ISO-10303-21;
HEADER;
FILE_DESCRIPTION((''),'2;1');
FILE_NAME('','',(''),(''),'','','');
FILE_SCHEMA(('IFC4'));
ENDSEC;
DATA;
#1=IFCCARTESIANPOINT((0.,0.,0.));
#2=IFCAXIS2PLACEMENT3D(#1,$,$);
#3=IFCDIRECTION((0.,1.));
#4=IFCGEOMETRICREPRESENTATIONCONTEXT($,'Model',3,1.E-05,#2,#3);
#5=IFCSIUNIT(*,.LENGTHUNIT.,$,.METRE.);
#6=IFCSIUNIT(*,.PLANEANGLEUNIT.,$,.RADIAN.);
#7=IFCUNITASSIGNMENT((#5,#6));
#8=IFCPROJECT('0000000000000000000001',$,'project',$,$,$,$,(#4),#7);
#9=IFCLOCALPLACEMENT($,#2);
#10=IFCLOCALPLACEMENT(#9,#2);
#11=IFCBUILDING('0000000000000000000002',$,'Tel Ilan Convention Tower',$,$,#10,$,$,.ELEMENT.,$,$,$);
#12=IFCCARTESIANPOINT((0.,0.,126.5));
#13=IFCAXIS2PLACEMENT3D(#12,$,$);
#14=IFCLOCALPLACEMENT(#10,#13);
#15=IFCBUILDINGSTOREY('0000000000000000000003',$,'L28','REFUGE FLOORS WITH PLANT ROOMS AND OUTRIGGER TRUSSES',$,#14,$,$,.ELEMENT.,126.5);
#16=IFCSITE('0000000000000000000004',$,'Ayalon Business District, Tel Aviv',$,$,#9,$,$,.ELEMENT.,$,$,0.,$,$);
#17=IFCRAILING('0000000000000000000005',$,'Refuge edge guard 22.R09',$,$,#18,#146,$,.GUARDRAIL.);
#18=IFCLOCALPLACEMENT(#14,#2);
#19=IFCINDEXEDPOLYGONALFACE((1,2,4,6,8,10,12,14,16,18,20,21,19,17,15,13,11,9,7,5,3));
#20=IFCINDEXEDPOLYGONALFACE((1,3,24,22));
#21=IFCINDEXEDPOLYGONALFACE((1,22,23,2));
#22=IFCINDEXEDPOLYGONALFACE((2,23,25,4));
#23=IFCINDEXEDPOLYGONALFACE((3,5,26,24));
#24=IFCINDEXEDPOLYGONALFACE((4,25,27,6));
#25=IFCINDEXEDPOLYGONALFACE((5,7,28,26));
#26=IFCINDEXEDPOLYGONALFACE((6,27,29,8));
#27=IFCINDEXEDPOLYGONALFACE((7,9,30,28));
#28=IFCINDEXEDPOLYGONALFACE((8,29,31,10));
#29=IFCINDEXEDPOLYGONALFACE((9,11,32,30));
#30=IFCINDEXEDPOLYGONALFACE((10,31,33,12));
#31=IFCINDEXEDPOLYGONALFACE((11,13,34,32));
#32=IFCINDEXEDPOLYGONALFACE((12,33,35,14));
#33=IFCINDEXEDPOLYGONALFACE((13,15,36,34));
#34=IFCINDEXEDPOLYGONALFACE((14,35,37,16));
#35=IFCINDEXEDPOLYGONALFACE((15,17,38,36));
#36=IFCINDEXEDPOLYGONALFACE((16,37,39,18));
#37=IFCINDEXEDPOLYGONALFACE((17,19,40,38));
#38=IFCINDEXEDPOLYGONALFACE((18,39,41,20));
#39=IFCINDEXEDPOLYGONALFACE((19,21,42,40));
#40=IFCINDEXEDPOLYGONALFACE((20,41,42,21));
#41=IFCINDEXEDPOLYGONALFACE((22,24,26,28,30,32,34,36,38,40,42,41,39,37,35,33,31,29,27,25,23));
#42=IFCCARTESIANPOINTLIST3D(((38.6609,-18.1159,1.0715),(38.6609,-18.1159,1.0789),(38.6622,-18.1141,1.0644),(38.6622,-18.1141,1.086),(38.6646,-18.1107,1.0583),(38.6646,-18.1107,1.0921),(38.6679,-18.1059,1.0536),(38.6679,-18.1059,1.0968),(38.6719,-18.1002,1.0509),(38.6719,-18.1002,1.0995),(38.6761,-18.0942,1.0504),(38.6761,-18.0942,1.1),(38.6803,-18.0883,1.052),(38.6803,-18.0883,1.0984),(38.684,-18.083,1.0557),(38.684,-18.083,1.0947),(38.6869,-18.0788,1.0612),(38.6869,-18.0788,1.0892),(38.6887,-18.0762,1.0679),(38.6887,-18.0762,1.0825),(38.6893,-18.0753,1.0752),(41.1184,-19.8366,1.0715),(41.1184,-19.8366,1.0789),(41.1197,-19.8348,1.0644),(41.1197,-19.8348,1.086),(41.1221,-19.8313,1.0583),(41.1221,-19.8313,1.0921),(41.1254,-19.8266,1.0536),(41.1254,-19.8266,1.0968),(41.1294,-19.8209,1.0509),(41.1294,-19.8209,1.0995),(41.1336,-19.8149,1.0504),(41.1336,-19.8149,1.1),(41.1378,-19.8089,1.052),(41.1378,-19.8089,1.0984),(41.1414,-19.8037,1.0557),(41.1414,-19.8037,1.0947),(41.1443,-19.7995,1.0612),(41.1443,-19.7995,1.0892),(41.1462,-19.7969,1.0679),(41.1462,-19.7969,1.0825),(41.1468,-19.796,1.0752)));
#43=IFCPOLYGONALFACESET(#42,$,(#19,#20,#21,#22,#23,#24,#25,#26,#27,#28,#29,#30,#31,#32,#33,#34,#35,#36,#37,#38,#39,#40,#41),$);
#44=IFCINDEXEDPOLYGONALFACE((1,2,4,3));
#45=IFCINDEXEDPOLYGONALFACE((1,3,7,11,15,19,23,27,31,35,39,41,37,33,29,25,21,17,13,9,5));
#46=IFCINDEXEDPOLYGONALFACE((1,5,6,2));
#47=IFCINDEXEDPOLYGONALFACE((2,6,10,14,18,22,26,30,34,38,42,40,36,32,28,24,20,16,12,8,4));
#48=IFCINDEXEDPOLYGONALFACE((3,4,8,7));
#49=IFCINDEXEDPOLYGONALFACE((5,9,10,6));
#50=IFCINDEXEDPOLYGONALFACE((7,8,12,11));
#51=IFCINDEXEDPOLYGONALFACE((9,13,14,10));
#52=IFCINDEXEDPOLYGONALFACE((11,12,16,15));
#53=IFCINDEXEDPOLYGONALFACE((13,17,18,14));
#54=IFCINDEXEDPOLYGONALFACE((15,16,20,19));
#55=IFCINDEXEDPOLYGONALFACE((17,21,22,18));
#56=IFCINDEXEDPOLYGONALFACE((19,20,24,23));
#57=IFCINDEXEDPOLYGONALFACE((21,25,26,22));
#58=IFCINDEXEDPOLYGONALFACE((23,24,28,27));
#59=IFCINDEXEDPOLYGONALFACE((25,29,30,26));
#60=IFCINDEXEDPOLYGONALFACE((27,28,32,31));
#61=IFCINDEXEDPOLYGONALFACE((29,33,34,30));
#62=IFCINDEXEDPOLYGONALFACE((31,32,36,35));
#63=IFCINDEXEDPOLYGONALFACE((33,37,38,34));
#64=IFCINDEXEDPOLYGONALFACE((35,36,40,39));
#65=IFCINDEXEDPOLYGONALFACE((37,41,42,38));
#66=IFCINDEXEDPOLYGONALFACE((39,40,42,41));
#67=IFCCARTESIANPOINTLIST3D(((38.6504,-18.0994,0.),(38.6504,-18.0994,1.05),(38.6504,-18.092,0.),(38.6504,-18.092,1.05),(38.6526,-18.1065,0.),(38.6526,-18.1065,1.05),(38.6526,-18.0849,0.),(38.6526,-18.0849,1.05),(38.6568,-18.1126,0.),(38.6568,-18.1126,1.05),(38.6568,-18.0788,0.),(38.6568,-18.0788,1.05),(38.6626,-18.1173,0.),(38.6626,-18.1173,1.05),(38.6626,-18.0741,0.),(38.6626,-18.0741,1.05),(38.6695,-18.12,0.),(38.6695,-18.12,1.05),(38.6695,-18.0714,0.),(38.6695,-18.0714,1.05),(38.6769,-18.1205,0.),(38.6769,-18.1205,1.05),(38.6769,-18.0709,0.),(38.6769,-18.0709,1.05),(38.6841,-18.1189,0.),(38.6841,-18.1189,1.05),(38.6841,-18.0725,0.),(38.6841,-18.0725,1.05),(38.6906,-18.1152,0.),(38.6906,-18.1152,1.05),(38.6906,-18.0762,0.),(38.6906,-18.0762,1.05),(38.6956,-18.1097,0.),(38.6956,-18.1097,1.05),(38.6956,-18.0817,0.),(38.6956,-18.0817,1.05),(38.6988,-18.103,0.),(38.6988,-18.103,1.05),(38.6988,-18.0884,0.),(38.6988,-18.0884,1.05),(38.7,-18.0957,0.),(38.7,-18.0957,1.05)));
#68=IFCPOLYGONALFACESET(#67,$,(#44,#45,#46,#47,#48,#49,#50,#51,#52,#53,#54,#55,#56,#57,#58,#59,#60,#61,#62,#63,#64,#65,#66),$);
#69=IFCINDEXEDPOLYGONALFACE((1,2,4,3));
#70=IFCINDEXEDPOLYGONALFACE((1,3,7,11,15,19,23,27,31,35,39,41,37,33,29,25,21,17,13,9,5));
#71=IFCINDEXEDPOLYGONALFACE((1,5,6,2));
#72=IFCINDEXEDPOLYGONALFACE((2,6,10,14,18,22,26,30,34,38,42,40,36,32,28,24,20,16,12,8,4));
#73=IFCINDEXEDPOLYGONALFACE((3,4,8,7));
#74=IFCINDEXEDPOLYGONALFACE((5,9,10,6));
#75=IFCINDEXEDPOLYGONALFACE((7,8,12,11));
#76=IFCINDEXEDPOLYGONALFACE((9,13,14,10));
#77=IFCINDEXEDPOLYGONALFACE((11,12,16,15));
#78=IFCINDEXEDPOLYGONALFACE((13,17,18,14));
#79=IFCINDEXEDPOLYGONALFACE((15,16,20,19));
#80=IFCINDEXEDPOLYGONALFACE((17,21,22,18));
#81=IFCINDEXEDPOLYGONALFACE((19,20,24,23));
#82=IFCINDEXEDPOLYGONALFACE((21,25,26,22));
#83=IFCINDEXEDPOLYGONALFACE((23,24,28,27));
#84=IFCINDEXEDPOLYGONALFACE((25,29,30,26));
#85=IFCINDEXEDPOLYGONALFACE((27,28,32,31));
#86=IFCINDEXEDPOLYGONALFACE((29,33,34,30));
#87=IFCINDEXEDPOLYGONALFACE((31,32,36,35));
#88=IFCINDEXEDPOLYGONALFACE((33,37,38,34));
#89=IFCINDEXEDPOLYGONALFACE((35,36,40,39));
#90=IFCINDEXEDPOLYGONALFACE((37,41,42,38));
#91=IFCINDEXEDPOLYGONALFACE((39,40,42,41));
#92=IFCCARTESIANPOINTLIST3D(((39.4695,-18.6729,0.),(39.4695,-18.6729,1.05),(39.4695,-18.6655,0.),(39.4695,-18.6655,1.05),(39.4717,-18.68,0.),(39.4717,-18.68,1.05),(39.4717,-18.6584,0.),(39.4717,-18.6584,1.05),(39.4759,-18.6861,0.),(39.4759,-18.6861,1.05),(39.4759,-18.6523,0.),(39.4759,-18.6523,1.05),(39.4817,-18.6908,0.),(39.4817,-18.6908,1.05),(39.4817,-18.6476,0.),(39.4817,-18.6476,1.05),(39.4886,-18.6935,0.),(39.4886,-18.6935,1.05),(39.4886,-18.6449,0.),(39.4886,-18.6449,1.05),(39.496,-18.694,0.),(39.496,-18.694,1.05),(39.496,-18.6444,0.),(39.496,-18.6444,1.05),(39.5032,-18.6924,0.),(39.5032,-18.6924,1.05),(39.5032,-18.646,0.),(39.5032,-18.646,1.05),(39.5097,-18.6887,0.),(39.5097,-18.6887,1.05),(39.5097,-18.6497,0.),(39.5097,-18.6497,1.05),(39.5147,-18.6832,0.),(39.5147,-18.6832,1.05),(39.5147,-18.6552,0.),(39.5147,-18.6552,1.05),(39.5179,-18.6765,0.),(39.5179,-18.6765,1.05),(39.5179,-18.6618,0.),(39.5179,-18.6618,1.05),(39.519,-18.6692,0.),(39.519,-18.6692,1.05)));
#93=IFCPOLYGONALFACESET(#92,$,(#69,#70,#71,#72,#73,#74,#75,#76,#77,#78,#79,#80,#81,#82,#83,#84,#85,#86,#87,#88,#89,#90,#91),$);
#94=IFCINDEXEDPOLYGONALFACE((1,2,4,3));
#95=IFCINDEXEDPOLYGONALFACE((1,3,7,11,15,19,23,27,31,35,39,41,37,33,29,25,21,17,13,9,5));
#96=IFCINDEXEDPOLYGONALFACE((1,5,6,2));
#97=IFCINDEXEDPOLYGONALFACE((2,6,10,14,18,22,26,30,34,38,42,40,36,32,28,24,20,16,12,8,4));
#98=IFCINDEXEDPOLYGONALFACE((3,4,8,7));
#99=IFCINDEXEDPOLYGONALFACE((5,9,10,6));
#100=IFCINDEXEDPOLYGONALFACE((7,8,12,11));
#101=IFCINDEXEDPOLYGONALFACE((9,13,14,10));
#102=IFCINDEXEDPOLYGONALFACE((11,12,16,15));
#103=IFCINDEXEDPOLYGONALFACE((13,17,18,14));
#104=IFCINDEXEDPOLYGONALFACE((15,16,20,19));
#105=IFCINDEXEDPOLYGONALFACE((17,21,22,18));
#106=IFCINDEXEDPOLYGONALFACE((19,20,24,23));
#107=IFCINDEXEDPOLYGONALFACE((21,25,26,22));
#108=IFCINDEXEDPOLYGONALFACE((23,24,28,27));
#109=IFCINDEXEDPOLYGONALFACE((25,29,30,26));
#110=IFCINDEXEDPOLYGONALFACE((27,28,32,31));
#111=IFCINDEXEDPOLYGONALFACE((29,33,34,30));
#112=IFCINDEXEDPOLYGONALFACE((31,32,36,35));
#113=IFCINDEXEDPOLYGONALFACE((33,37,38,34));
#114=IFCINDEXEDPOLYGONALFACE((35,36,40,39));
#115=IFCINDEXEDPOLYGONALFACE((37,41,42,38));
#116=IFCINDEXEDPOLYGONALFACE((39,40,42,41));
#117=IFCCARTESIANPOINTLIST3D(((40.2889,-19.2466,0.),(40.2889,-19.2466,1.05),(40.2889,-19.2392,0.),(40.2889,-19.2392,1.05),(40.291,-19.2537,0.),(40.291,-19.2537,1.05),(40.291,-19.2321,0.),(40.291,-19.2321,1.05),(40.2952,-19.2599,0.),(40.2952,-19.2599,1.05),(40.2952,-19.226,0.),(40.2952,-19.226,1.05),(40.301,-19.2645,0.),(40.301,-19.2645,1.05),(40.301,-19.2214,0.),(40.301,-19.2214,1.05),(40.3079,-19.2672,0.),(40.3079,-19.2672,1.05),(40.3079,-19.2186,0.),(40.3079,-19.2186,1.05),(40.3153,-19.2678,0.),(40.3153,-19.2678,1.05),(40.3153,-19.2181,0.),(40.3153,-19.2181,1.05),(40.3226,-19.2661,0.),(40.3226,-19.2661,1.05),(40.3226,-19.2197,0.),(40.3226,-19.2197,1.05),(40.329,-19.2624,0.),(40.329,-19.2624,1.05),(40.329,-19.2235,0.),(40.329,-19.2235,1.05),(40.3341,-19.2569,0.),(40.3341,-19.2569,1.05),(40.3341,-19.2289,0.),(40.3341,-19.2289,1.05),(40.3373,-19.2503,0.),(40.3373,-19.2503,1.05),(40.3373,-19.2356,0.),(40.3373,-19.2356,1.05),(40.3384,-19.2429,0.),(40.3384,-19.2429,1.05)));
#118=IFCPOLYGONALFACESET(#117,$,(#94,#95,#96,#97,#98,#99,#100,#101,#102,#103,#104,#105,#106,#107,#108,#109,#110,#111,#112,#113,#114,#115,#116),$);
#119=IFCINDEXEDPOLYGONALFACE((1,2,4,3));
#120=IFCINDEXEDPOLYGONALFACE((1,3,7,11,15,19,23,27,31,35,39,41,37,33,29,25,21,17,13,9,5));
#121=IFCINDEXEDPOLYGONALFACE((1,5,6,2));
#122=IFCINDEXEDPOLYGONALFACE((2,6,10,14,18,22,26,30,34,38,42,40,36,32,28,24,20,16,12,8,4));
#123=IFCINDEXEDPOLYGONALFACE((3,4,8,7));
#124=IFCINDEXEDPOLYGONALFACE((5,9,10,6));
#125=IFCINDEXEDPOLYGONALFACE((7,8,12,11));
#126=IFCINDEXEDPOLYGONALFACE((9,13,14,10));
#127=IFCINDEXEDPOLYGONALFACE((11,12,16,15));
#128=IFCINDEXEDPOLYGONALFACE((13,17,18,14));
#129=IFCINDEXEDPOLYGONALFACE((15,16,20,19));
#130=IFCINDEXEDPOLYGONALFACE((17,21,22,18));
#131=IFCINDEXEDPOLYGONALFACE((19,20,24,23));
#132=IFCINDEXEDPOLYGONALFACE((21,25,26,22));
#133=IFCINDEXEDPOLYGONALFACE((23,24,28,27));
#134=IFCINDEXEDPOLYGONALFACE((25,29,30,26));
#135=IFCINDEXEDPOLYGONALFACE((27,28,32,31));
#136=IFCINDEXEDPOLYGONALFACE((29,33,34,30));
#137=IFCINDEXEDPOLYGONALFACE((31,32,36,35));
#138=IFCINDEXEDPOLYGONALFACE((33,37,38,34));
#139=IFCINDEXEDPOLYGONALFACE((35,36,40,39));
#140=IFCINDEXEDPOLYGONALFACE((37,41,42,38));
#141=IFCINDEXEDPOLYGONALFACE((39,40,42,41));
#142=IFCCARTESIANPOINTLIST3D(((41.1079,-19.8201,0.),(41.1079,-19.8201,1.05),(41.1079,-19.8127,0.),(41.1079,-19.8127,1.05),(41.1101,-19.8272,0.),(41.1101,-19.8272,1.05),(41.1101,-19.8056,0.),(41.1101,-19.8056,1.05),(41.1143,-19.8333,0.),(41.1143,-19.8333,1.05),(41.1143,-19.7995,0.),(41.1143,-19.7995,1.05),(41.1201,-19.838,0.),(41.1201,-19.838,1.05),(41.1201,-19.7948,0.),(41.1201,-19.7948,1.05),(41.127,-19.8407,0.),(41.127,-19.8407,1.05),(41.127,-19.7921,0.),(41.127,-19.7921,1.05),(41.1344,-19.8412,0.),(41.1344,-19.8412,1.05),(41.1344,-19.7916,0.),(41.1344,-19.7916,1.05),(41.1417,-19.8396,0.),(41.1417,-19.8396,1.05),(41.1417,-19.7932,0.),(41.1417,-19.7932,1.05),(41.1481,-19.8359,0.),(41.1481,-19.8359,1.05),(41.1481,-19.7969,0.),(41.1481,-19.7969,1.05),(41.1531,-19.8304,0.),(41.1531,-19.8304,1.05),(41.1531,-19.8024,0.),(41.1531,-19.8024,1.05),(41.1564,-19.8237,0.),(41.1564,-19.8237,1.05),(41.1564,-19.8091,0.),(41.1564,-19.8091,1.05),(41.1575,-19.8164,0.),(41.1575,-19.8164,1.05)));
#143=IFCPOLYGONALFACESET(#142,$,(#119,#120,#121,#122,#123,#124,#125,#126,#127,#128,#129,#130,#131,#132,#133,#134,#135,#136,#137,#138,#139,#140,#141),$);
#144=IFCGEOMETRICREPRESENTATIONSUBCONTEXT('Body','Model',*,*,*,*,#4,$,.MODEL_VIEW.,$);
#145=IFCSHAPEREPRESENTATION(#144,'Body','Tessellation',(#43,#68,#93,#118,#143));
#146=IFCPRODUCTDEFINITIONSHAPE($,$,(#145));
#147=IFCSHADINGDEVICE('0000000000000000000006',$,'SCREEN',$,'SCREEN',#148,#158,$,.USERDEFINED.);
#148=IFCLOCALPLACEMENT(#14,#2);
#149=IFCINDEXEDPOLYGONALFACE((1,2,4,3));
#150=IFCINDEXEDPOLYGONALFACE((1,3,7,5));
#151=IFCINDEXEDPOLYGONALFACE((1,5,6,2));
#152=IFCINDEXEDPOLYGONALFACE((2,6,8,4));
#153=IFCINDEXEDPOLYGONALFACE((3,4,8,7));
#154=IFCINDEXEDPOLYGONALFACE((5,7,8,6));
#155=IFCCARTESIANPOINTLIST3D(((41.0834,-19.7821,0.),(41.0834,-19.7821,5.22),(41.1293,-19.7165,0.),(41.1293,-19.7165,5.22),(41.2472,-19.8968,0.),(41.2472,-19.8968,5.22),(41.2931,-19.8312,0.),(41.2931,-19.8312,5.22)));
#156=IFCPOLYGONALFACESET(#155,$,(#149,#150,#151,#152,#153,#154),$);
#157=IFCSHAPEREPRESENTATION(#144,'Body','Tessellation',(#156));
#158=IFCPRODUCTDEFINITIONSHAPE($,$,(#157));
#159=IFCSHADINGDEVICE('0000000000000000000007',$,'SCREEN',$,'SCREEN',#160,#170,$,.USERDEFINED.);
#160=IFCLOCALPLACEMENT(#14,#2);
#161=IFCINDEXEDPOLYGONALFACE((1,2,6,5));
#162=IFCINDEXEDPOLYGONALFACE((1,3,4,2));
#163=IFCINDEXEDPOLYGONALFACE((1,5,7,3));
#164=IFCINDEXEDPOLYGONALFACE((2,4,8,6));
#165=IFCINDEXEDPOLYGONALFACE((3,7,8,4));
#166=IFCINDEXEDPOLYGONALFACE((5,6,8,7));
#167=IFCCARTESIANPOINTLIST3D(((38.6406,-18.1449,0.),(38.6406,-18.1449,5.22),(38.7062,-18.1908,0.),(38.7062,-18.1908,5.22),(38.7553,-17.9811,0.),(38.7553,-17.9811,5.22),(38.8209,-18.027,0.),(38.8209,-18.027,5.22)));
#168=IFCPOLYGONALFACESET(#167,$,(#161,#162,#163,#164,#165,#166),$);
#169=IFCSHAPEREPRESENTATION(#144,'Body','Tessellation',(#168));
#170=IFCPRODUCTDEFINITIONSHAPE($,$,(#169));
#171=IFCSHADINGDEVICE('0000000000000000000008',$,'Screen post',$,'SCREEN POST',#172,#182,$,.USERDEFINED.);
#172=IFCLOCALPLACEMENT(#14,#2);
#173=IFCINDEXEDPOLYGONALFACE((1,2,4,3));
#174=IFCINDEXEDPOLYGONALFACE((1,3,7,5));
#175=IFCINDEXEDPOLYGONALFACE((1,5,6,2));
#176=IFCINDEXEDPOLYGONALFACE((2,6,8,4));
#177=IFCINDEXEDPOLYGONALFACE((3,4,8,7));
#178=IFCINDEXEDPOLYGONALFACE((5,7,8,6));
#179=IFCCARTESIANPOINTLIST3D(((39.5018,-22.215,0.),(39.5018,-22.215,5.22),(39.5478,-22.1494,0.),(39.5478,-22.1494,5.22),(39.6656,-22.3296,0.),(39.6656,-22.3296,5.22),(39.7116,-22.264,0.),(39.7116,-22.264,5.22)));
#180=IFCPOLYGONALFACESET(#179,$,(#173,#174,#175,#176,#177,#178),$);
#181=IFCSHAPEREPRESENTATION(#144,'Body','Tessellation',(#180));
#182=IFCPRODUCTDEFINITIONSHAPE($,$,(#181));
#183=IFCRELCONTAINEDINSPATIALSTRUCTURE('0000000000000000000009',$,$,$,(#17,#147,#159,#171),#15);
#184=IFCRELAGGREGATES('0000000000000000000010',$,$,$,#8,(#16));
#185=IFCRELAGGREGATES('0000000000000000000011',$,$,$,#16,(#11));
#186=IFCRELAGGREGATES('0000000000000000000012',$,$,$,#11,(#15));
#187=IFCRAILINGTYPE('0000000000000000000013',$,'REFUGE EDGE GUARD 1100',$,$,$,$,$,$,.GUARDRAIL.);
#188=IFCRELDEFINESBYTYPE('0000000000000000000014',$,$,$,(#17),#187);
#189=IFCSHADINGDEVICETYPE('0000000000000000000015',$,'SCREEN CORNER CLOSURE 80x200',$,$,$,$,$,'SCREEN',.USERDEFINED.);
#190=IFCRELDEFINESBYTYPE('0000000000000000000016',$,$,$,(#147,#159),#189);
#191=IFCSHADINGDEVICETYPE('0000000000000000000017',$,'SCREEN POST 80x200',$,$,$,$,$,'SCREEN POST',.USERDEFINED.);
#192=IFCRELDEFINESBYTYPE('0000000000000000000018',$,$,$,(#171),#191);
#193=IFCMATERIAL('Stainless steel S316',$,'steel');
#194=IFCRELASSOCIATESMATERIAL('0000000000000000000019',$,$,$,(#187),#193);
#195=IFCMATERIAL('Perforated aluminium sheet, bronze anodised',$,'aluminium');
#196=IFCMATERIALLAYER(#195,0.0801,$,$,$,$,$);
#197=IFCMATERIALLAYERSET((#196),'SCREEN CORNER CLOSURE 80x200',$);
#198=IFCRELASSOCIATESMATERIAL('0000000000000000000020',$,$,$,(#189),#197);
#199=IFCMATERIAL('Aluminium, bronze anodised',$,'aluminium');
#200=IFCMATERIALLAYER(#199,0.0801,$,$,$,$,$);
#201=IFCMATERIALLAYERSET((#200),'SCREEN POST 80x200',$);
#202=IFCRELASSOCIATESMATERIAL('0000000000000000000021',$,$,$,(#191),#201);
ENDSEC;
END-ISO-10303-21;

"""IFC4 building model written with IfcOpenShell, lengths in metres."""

from ifc_helpers import new_model, si_unit, direction, frame, origin, origin_2d, place, context, subcontext, project, spatial, rectangle, circle, extrude, material, layer, layer_set, type_object, element, save


model = new_model("IFC4")

# Units and contexts
model_context = context("Model", 3, precision=1e-05, world=origin(), true_north=direction((0.0, 1.0)))
body_context = subcontext(model_context, "Body", "Model", "MODEL_VIEW")
ifc_project = project(units=[si_unit("LENGTHUNIT", "METRE"), si_unit("PLANEANGLEUNIT", "RADIAN")], contexts=[model_context])

# Site, building, storey
site_placement = place(None, origin())
site = spatial("IfcSite", under=ifc_project, at=site_placement, Name="Ayalon Business District, Tel Aviv", CompositionType="ELEMENT", RefElevation=0.0)
building_placement = place(site_placement, origin())
building = spatial("IfcBuilding", under=site, at=building_placement, Name="Tel Ilan Convention Tower", CompositionType="ELEMENT")
storey_placement = place(building_placement, frame((0.0, 0.0, 126.5)))
storey = spatial("IfcBuildingStorey", under=building, at=storey_placement, Name="L28", Description="REFUGE FLOORS WITH PLANT ROOMS AND OUTRIGGER TRUSSES", CompositionType="ELEMENT", Elevation=126.5)

# Railing
ifc_material_1 = material(Name="Stainless steel S316", Category="steel")
railing_type = type_object("IfcRailingType", Name="REFUGE EDGE GUARD 1100", PredefinedType="GUARDRAIL", material=ifc_material_1)
railing_1_placement = place(storey_placement, frame((38.675, -18.0957, 0.0)))
element("IfcRailing", 1, at=railing_1_placement, inside=storey, type_object=railing_type, Name="Refuge edge guard 22.R09", PredefinedType="GUARDRAIL", context=body_context, shape_type="SweptSolid", body=[
    extrude(circle(Radius=0.0249, at=origin_2d()), frame((0.0, 0.0, 1.0752), z_axis=(0.819163, -0.573561, 0.0), x_axis=(0.573561, 0.819163, 0.0)), (0.0, 0.0, 1.0), 3.0),
    extrude(circle(Radius=0.0249, at=origin_2d()), origin(), (0.0, 0.0, 1.0), 1.05),
    extrude(circle(Radius=0.0249, at=origin_2d()), frame((0.8191, -0.5735, 0.0)), (0.0, 0.0, 1.0), 1.05),
    extrude(circle(Radius=0.0249, at=origin_2d()), frame((1.6384, -1.1472, 0.0)), (0.0, 0.0, 1.0), 1.05),
    extrude(circle(Radius=0.0249, at=origin_2d()), frame((2.4575, -1.7207, 0.0)), (0.0, 0.0, 1.0), 1.05),
])

# Shading devices
ifc_material_2 = material(Name="Perforated aluminium sheet, bronze anodised", Category="aluminium")
ifc_layer_1 = layer(ifc_material_2, 0.0801)
ifc_layer_set_1 = layer_set([ifc_layer_1], Name="SCREEN CORNER CLOSURE 80x200")
shading_device_type_1 = type_object("IfcShadingDeviceType", Name="SCREEN CORNER CLOSURE 80x200", ElementType="SCREEN", PredefinedType="USERDEFINED", material=ifc_layer_set_1)
for number, where, z_axis, x_axis, name in (
    (2, (41.1882, -19.8066, 0.0), (0.0, 0.0, 1.0), (0.573576, 0.819152, 0.0), "SCREEN"),
    (3, (38.7307, -18.0859, 0.0), (0.0, 0.0, 1.0), (-0.819152, 0.573576, 0.0), "SCREEN"),
):
    element("IfcShadingDevice", number, at=place(storey_placement, frame(where, z_axis=z_axis, x_axis=x_axis)), inside=storey, type_object=shading_device_type_1, Name=name, ObjectType="SCREEN", PredefinedType="USERDEFINED", context=body_context, shape_type="SweptSolid", body=[
        extrude(rectangle(XDim=0.0801, YDim=0.2, at=origin_2d()), origin(), (0.0, 0.0, 1.0), 5.22),
    ])
ifc_material_3 = material(Name="Aluminium, bronze anodised", Category="aluminium")
ifc_layer_2 = layer(ifc_material_3, 0.0801)
ifc_layer_set_2 = layer_set([ifc_layer_2], Name="SCREEN POST 80x200")
shading_device_type_2 = type_object("IfcShadingDeviceType", Name="SCREEN POST 80x200", ElementType="SCREEN POST", PredefinedType="USERDEFINED", material=ifc_layer_set_2)
shading_device_placement = place(storey_placement, frame((39.6067, -22.2395, 0.0), z_axis=(0.0, 0.0, 1.0), x_axis=(0.573576, 0.819152, 0.0)))
element("IfcShadingDevice", 4, at=shading_device_placement, inside=storey, type_object=shading_device_type_2, Name="Screen post", ObjectType="SCREEN POST", PredefinedType="USERDEFINED", context=body_context, shape_type="SweptSolid", body=[
    extrude(rectangle(XDim=0.0801, YDim=0.2, at=origin_2d()), origin(), (0.0, 0.0, 1.0), 5.22),
])

save(model, "model.ifc")
